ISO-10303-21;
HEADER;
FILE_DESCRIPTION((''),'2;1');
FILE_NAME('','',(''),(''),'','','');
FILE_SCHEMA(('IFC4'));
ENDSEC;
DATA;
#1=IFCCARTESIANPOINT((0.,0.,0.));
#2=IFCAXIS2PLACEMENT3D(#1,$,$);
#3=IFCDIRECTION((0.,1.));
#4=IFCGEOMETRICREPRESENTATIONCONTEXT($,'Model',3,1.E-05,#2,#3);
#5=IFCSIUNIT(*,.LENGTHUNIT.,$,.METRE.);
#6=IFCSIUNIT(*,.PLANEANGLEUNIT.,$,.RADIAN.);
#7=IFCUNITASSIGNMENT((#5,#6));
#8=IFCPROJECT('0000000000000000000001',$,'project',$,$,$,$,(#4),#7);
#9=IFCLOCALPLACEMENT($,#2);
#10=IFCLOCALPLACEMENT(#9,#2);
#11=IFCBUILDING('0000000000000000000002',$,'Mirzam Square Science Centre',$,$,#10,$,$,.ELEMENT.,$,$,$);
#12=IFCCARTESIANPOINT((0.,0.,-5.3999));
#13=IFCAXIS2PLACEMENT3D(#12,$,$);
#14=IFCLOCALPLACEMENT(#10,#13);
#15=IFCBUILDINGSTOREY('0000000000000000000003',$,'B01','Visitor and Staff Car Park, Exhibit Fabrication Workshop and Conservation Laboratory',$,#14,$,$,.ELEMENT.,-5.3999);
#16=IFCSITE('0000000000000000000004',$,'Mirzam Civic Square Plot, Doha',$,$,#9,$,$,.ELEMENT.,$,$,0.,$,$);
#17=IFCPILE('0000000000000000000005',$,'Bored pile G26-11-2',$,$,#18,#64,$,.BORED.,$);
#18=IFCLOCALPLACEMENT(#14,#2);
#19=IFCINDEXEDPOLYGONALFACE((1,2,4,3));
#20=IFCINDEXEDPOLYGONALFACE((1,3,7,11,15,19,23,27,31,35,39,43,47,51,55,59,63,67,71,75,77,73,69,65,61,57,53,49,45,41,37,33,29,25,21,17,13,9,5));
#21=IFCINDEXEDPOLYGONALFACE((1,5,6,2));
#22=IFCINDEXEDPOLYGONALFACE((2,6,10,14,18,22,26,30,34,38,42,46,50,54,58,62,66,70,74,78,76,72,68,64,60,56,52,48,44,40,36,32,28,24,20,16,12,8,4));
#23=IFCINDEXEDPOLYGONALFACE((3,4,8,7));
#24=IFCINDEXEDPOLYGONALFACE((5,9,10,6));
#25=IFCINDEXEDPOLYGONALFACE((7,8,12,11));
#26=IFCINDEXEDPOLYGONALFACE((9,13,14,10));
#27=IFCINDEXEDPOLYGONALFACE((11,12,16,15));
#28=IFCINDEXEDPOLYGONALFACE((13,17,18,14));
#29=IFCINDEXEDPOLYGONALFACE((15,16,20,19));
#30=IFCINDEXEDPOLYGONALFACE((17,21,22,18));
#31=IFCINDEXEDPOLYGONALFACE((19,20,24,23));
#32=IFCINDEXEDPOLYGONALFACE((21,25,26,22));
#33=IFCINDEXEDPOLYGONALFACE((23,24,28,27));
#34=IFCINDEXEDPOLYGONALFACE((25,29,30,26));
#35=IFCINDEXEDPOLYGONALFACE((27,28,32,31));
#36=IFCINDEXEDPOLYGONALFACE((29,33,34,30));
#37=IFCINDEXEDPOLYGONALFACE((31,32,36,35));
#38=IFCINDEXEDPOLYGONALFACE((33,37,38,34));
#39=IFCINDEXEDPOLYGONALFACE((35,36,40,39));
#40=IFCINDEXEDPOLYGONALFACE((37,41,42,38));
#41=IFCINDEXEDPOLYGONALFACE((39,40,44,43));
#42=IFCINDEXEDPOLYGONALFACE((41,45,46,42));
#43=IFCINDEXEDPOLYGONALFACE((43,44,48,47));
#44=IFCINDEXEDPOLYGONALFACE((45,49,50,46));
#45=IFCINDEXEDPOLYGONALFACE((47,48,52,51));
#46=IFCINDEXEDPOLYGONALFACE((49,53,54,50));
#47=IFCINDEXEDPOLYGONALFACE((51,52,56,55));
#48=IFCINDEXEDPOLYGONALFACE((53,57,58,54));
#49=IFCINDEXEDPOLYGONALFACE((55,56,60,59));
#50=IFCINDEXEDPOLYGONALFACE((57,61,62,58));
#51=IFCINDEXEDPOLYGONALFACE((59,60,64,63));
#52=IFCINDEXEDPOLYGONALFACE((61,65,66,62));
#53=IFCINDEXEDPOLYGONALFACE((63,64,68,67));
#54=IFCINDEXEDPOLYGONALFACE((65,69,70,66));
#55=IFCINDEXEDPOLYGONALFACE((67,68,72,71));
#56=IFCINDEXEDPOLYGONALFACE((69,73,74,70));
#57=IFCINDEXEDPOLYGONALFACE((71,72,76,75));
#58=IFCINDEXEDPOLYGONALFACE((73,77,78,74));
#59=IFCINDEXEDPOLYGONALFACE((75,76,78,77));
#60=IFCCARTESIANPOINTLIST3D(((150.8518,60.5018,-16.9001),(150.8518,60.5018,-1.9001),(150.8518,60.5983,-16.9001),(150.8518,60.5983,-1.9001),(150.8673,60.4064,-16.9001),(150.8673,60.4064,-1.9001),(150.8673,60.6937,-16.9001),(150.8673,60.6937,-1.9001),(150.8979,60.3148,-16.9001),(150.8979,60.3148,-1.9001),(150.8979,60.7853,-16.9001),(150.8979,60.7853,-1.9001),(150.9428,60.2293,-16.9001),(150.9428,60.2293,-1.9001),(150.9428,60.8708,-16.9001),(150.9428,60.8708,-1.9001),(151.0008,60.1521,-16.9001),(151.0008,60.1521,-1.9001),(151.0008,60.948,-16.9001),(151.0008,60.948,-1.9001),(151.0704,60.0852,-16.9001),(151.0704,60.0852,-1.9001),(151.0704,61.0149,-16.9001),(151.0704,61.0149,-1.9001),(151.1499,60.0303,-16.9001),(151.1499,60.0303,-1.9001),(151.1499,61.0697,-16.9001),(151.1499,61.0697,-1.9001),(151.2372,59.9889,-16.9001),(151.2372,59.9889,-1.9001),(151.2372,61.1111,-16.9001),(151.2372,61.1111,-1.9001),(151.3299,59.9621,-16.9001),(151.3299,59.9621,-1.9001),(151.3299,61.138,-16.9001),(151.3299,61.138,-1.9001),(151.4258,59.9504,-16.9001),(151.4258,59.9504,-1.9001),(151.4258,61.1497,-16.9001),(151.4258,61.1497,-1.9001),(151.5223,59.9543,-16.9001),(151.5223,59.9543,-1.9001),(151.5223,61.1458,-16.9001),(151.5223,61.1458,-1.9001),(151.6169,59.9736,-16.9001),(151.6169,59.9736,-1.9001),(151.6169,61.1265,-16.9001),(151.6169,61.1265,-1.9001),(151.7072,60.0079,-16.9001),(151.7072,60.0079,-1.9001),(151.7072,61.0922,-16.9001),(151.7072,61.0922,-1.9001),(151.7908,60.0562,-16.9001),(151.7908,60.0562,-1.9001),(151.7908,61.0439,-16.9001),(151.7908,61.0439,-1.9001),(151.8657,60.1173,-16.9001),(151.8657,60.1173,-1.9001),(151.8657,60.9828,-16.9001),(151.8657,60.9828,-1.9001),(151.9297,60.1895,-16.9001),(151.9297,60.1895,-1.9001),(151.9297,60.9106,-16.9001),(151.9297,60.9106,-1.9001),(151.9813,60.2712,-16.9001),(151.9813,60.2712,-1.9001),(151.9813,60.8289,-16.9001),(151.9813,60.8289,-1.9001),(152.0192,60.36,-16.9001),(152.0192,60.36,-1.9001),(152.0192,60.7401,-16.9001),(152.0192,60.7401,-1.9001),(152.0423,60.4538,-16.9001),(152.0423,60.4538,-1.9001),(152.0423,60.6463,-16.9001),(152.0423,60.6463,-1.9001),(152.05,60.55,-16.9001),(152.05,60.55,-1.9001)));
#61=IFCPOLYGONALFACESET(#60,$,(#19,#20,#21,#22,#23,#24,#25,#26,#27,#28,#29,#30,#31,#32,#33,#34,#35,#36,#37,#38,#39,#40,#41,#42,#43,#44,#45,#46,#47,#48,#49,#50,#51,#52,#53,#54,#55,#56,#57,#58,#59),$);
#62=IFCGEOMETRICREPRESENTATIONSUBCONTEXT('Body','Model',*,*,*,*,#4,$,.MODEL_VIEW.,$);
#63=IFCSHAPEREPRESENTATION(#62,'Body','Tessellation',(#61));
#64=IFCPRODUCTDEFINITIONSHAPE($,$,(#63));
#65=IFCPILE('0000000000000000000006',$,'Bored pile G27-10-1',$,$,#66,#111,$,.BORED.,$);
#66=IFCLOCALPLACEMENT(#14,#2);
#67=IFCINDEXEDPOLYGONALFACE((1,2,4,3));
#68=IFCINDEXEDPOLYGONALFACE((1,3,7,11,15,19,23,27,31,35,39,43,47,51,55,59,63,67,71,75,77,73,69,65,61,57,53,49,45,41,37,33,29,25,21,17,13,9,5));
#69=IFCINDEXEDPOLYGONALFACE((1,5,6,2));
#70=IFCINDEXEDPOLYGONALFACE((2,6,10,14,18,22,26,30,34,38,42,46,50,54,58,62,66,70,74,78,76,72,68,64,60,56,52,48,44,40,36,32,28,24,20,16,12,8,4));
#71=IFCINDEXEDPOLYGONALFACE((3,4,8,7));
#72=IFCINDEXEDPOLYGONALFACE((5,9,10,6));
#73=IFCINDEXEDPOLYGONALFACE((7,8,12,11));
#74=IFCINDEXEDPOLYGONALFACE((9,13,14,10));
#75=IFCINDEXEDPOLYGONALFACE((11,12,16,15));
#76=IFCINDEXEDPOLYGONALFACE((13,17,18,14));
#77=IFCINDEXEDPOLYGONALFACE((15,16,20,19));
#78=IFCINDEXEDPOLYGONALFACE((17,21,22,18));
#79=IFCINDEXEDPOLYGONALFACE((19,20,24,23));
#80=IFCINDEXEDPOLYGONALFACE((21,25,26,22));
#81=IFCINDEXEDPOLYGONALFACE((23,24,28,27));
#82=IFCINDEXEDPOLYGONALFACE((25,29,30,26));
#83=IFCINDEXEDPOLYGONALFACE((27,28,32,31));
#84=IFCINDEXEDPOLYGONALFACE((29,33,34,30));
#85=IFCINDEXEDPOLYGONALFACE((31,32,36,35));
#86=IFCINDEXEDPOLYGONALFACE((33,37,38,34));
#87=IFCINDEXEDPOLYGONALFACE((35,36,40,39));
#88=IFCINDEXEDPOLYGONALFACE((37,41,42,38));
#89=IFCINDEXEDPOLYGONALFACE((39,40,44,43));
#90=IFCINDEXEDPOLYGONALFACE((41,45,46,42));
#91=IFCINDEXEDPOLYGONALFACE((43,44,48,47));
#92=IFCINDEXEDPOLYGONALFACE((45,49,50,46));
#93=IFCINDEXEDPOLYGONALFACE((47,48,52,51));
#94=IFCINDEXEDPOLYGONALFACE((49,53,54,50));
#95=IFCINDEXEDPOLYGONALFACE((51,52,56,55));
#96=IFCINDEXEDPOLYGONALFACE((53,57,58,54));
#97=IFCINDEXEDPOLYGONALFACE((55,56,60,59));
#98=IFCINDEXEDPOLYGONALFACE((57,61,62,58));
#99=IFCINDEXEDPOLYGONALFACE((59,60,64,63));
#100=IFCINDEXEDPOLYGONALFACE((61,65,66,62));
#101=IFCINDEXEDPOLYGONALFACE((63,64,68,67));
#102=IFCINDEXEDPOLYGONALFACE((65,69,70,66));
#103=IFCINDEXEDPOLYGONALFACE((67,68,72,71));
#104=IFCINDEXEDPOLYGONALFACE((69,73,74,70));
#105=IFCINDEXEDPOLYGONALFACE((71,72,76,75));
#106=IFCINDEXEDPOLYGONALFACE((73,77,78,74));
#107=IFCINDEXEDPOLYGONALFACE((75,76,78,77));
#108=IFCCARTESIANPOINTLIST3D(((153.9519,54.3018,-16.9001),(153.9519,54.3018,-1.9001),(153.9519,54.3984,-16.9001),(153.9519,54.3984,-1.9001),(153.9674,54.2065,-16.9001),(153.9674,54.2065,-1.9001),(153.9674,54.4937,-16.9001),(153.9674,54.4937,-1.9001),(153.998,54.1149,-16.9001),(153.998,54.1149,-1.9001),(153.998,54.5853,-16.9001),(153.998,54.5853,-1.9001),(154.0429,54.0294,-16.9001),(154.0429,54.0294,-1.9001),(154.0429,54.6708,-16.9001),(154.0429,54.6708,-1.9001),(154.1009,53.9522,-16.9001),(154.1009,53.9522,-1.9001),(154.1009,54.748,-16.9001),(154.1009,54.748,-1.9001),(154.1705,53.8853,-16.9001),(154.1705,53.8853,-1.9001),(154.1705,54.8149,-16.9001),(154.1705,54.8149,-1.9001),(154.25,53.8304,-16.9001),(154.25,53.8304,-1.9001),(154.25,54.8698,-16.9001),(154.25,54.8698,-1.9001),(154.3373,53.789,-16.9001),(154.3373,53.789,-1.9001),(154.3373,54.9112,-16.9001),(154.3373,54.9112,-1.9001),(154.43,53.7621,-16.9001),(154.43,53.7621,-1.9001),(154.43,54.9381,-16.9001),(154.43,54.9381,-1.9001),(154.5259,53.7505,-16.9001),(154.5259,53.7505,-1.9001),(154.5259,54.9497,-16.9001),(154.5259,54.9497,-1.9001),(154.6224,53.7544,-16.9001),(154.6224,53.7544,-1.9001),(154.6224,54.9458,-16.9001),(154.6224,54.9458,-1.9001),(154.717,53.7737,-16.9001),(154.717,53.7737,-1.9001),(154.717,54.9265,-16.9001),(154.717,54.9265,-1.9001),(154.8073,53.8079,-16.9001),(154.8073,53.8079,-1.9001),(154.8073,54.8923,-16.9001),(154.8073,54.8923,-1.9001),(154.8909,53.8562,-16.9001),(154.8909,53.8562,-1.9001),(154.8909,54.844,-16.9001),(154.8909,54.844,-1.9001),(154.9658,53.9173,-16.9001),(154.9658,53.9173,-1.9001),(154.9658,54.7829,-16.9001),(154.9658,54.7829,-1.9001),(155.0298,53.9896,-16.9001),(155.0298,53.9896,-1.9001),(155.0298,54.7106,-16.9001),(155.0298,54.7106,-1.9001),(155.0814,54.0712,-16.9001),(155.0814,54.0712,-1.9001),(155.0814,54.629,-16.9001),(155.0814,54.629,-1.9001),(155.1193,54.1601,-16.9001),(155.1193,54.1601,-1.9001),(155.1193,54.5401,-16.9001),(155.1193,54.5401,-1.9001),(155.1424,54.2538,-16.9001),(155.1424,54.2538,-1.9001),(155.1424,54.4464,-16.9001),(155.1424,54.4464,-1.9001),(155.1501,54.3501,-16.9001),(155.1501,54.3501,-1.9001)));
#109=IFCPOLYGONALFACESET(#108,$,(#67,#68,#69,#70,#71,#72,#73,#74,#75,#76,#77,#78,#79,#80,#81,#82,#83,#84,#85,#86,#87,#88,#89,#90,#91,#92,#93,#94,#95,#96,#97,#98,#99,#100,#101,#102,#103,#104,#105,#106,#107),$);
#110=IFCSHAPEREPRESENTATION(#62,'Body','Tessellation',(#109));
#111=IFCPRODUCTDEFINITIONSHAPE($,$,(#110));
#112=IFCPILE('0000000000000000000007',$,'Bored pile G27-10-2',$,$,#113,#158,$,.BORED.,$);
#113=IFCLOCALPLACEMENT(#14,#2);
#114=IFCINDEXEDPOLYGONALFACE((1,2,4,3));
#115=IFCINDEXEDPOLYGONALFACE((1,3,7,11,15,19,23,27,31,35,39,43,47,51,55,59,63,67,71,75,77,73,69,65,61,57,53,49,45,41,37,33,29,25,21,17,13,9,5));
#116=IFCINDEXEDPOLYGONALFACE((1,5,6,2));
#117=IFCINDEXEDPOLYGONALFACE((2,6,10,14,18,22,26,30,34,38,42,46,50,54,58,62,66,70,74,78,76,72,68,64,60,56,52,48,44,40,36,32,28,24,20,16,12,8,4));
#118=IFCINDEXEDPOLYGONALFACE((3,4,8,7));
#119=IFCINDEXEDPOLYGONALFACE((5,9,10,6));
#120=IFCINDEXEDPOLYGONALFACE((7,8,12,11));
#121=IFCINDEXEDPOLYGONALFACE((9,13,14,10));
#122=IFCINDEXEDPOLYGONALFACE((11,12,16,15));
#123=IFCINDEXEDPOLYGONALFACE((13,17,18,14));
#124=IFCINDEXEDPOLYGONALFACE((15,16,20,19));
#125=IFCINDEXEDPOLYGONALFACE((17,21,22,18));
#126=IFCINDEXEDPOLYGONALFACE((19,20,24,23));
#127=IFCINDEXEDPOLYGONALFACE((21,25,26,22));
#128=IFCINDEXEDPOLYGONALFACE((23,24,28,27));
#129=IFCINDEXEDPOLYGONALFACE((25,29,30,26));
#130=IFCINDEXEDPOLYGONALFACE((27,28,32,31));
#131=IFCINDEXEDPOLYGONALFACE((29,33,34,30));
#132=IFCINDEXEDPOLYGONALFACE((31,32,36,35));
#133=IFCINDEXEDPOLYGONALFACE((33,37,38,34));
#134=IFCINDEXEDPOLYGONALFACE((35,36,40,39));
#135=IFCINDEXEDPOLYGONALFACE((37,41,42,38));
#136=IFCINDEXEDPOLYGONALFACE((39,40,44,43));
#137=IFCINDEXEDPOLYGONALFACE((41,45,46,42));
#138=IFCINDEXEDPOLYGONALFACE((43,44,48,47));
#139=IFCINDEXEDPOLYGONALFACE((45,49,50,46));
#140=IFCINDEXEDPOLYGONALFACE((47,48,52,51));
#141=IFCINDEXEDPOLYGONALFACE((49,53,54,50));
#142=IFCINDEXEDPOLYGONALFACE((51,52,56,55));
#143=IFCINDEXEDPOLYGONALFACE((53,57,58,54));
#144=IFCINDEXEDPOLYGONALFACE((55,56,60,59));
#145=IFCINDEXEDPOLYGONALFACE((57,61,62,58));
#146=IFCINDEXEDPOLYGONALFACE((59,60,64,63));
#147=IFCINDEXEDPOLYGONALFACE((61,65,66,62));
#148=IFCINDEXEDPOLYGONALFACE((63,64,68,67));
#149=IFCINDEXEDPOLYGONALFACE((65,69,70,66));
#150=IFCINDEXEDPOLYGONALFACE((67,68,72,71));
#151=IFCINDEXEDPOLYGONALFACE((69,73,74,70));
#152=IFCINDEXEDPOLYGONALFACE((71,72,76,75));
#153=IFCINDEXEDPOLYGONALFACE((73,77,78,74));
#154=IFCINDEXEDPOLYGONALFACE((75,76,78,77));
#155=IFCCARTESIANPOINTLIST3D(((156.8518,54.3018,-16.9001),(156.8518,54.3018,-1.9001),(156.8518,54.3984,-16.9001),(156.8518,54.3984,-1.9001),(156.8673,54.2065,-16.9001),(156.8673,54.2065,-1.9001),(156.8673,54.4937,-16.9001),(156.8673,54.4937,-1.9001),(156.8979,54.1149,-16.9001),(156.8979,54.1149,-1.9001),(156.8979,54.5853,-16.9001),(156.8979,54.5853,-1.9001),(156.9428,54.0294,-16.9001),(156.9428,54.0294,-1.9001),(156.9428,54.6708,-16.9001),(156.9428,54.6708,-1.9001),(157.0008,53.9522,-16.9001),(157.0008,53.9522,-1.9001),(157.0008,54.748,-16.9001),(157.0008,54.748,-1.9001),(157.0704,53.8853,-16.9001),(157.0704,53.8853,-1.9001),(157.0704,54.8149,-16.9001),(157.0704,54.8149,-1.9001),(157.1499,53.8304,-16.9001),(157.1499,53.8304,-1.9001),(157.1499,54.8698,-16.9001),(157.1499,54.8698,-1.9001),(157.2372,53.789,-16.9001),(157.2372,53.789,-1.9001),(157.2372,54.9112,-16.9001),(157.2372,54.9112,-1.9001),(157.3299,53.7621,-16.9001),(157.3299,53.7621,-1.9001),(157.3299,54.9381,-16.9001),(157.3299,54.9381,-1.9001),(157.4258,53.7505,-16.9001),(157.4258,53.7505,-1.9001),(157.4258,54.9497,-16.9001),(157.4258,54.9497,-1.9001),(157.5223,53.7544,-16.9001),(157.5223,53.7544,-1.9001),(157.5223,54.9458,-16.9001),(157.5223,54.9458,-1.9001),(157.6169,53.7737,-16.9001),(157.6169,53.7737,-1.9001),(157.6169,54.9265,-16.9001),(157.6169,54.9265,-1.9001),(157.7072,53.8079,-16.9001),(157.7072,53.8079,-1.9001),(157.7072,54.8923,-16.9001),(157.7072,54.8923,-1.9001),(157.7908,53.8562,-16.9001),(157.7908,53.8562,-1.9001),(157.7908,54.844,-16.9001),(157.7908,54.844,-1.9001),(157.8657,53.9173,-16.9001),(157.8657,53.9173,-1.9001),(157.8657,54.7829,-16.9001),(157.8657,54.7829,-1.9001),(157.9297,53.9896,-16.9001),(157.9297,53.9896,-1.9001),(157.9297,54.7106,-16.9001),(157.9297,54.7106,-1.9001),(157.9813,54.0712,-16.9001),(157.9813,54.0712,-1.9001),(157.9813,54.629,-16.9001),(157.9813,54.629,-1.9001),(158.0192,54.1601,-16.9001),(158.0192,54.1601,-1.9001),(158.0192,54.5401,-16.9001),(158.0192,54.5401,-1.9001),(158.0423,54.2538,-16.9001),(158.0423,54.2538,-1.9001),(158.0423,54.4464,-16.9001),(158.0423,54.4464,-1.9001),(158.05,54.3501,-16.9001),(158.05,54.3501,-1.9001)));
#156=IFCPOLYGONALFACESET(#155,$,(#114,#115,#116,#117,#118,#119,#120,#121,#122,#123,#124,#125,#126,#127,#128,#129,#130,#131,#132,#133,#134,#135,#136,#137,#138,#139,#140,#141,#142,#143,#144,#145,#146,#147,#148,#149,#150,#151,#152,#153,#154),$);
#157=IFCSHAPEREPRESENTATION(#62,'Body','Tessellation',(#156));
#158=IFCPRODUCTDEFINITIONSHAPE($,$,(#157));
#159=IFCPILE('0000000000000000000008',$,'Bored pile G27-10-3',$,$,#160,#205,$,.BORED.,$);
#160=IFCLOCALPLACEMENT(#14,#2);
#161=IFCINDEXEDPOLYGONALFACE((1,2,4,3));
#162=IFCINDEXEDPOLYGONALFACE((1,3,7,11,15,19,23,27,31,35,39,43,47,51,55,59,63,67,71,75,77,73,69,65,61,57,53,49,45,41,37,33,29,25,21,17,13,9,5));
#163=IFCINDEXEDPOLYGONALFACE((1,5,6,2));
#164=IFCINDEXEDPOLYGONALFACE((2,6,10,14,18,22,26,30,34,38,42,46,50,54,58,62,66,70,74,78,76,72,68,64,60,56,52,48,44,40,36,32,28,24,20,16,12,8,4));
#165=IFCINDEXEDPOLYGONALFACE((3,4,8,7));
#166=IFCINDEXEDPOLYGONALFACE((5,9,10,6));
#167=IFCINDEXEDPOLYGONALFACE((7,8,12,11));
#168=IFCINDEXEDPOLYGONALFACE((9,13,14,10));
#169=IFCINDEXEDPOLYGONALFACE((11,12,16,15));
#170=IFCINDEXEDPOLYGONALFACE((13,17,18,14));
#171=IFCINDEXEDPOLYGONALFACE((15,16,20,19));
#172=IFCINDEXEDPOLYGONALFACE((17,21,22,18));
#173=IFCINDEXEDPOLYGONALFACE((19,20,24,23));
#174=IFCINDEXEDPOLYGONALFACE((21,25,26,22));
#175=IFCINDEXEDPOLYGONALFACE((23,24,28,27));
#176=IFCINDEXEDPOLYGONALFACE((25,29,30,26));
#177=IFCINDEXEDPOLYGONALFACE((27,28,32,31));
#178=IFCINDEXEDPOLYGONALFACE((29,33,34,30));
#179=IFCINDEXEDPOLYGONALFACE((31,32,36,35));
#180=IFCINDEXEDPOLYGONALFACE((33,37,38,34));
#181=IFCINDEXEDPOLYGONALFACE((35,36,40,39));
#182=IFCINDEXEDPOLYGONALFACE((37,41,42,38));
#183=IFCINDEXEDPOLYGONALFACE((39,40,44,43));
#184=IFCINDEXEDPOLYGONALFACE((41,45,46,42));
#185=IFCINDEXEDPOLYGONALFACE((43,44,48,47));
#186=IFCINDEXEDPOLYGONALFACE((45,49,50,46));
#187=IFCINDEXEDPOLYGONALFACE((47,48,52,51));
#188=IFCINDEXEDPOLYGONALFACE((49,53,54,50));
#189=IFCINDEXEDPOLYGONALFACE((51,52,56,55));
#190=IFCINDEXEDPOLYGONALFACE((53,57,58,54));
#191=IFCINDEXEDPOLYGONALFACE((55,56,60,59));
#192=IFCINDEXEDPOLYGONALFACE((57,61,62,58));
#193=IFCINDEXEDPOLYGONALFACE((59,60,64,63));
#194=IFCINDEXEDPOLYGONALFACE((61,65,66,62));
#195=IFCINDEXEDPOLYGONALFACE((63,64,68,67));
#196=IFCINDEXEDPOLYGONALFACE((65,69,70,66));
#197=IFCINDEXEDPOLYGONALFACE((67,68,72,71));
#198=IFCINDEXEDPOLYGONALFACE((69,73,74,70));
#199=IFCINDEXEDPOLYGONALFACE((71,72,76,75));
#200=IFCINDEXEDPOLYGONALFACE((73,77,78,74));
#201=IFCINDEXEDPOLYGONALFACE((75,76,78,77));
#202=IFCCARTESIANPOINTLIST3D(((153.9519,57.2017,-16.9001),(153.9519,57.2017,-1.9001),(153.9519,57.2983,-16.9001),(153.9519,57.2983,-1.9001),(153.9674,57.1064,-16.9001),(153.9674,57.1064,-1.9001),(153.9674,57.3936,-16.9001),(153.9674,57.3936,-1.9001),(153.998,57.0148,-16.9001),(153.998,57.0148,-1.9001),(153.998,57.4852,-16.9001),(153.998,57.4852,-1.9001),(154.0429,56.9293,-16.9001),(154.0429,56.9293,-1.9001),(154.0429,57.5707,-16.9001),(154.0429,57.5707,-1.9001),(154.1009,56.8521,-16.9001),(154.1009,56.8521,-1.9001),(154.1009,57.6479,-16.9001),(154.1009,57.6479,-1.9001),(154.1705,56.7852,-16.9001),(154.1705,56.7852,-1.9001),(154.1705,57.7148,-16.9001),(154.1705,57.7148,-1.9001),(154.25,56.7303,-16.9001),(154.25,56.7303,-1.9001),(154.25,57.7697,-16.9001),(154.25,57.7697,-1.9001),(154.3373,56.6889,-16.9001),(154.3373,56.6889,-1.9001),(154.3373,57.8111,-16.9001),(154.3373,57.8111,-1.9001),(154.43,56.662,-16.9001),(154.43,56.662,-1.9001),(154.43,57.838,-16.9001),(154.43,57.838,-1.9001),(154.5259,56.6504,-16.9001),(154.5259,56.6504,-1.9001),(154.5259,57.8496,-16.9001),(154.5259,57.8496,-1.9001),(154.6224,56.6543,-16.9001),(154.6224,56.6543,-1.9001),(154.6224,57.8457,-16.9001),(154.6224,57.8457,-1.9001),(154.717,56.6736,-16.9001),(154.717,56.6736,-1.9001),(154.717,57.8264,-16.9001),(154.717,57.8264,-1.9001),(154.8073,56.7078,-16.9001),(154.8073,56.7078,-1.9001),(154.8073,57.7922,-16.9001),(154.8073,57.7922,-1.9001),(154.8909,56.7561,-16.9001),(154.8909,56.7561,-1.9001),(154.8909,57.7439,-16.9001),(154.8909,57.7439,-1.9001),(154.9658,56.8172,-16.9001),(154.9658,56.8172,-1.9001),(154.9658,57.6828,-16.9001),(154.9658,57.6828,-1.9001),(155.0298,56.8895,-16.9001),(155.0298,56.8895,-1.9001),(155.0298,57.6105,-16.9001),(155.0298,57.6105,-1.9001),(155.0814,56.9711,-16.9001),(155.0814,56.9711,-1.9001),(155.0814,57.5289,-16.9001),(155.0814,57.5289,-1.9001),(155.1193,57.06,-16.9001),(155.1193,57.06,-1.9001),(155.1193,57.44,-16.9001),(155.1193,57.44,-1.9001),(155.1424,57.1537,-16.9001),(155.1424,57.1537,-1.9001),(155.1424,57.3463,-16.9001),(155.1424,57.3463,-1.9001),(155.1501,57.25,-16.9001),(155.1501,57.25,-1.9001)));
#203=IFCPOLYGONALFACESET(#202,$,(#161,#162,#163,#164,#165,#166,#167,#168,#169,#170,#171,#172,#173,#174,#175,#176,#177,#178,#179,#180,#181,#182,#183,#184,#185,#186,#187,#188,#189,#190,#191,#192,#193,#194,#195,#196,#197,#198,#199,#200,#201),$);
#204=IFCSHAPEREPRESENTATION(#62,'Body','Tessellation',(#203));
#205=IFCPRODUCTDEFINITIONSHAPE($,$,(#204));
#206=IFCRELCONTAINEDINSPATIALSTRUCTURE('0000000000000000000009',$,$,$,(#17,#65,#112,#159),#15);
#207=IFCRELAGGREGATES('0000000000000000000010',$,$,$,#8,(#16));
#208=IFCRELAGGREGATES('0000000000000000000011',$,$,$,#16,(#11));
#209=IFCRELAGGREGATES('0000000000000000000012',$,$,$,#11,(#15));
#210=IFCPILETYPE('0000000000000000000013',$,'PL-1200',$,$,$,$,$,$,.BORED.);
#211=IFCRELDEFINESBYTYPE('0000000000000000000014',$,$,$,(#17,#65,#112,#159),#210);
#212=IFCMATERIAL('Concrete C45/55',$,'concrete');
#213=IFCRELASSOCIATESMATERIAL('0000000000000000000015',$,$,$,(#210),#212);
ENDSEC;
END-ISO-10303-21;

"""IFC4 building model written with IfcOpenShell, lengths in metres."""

from ifc_helpers import new_model, si_unit, direction, frame, origin, origin_2d, place, context, subcontext, project, spatial, circle, extrude, material, material_profile, profile_set, type_object, element, save


model = new_model("IFC4")

# Units and contexts
model_context = context("Model", 3, precision=1e-05, world=origin(), true_north=direction((0.0, 1.0)))
body_context = subcontext(model_context, "Body", "Model", "MODEL_VIEW")
ifc_project = project(units=[si_unit("LENGTHUNIT", "METRE"), si_unit("PLANEANGLEUNIT", "RADIAN")], contexts=[model_context])

# Site, building, storey
site_placement = place(None, origin())
site = spatial("IfcSite", under=ifc_project, at=site_placement, Name="Mirzam Civic Square Plot, Doha", CompositionType="ELEMENT", RefElevation=0.0)
building_placement = place(site_placement, origin())
building = spatial("IfcBuilding", under=site, at=building_placement, Name="Mirzam Square Science Centre", CompositionType="ELEMENT")
storey_placement = place(building_placement, frame((0.0, 0.0, -5.3999)))
storey = spatial("IfcBuildingStorey", under=building, at=storey_placement, Name="B01", Description="Visitor and Staff Car Park, Exhibit Fabrication Workshop and Conservation Laboratory", CompositionType="ELEMENT", Elevation=-5.3999)

# Shared definitions
ifc_material_1 = material(Name="Concrete C45/55", Category="concrete")

# Piles
ifc_material_profile_1 = material_profile(ifc_material_1, circle(Radius=0.6001, at=origin_2d()), Name="PILE-D1200")
ifc_profile_set_1 = profile_set([ifc_material_profile_1], Name="Concrete C45/55")
pile_type_1 = type_object("IfcPileType", Name="PL-1200", PredefinedType="BORED", material=ifc_profile_set_1)
for number, where, z_axis, x_axis, name in (
    (1, (151.45, 60.55, -1.9001), (0.0, 0.0, -1.0), (1.0, 0.0, 0.0), "Bored pile G26-11-2"),
    (2, (154.55, 54.3501, -1.9001), (0.0, 0.0, -1.0), (1.0, 0.0, 0.0), "Bored pile G27-10-1"),
    (3, (157.45, 54.3501, -1.9001), (0.0, 0.0, -1.0), (1.0, 0.0, 0.0), "Bored pile G27-10-2"),
    (4, (154.55, 57.25, -1.9001), (0.0, 0.0, -1.0), (1.0, 0.0, 0.0), "Bored pile G27-10-3"),
):
    element("IfcPile", number, at=place(storey_placement, frame(where, z_axis=z_axis, x_axis=x_axis)), inside=storey, type_object=pile_type_1, Name=name, PredefinedType="BORED", context=body_context, shape_type="SweptSolid", body=[
        extrude(circle(Radius=0.6001, at=origin_2d()), origin(), (0.0, 0.0, 1.0), 15.0),
    ])

save(model, "model.ifc")
